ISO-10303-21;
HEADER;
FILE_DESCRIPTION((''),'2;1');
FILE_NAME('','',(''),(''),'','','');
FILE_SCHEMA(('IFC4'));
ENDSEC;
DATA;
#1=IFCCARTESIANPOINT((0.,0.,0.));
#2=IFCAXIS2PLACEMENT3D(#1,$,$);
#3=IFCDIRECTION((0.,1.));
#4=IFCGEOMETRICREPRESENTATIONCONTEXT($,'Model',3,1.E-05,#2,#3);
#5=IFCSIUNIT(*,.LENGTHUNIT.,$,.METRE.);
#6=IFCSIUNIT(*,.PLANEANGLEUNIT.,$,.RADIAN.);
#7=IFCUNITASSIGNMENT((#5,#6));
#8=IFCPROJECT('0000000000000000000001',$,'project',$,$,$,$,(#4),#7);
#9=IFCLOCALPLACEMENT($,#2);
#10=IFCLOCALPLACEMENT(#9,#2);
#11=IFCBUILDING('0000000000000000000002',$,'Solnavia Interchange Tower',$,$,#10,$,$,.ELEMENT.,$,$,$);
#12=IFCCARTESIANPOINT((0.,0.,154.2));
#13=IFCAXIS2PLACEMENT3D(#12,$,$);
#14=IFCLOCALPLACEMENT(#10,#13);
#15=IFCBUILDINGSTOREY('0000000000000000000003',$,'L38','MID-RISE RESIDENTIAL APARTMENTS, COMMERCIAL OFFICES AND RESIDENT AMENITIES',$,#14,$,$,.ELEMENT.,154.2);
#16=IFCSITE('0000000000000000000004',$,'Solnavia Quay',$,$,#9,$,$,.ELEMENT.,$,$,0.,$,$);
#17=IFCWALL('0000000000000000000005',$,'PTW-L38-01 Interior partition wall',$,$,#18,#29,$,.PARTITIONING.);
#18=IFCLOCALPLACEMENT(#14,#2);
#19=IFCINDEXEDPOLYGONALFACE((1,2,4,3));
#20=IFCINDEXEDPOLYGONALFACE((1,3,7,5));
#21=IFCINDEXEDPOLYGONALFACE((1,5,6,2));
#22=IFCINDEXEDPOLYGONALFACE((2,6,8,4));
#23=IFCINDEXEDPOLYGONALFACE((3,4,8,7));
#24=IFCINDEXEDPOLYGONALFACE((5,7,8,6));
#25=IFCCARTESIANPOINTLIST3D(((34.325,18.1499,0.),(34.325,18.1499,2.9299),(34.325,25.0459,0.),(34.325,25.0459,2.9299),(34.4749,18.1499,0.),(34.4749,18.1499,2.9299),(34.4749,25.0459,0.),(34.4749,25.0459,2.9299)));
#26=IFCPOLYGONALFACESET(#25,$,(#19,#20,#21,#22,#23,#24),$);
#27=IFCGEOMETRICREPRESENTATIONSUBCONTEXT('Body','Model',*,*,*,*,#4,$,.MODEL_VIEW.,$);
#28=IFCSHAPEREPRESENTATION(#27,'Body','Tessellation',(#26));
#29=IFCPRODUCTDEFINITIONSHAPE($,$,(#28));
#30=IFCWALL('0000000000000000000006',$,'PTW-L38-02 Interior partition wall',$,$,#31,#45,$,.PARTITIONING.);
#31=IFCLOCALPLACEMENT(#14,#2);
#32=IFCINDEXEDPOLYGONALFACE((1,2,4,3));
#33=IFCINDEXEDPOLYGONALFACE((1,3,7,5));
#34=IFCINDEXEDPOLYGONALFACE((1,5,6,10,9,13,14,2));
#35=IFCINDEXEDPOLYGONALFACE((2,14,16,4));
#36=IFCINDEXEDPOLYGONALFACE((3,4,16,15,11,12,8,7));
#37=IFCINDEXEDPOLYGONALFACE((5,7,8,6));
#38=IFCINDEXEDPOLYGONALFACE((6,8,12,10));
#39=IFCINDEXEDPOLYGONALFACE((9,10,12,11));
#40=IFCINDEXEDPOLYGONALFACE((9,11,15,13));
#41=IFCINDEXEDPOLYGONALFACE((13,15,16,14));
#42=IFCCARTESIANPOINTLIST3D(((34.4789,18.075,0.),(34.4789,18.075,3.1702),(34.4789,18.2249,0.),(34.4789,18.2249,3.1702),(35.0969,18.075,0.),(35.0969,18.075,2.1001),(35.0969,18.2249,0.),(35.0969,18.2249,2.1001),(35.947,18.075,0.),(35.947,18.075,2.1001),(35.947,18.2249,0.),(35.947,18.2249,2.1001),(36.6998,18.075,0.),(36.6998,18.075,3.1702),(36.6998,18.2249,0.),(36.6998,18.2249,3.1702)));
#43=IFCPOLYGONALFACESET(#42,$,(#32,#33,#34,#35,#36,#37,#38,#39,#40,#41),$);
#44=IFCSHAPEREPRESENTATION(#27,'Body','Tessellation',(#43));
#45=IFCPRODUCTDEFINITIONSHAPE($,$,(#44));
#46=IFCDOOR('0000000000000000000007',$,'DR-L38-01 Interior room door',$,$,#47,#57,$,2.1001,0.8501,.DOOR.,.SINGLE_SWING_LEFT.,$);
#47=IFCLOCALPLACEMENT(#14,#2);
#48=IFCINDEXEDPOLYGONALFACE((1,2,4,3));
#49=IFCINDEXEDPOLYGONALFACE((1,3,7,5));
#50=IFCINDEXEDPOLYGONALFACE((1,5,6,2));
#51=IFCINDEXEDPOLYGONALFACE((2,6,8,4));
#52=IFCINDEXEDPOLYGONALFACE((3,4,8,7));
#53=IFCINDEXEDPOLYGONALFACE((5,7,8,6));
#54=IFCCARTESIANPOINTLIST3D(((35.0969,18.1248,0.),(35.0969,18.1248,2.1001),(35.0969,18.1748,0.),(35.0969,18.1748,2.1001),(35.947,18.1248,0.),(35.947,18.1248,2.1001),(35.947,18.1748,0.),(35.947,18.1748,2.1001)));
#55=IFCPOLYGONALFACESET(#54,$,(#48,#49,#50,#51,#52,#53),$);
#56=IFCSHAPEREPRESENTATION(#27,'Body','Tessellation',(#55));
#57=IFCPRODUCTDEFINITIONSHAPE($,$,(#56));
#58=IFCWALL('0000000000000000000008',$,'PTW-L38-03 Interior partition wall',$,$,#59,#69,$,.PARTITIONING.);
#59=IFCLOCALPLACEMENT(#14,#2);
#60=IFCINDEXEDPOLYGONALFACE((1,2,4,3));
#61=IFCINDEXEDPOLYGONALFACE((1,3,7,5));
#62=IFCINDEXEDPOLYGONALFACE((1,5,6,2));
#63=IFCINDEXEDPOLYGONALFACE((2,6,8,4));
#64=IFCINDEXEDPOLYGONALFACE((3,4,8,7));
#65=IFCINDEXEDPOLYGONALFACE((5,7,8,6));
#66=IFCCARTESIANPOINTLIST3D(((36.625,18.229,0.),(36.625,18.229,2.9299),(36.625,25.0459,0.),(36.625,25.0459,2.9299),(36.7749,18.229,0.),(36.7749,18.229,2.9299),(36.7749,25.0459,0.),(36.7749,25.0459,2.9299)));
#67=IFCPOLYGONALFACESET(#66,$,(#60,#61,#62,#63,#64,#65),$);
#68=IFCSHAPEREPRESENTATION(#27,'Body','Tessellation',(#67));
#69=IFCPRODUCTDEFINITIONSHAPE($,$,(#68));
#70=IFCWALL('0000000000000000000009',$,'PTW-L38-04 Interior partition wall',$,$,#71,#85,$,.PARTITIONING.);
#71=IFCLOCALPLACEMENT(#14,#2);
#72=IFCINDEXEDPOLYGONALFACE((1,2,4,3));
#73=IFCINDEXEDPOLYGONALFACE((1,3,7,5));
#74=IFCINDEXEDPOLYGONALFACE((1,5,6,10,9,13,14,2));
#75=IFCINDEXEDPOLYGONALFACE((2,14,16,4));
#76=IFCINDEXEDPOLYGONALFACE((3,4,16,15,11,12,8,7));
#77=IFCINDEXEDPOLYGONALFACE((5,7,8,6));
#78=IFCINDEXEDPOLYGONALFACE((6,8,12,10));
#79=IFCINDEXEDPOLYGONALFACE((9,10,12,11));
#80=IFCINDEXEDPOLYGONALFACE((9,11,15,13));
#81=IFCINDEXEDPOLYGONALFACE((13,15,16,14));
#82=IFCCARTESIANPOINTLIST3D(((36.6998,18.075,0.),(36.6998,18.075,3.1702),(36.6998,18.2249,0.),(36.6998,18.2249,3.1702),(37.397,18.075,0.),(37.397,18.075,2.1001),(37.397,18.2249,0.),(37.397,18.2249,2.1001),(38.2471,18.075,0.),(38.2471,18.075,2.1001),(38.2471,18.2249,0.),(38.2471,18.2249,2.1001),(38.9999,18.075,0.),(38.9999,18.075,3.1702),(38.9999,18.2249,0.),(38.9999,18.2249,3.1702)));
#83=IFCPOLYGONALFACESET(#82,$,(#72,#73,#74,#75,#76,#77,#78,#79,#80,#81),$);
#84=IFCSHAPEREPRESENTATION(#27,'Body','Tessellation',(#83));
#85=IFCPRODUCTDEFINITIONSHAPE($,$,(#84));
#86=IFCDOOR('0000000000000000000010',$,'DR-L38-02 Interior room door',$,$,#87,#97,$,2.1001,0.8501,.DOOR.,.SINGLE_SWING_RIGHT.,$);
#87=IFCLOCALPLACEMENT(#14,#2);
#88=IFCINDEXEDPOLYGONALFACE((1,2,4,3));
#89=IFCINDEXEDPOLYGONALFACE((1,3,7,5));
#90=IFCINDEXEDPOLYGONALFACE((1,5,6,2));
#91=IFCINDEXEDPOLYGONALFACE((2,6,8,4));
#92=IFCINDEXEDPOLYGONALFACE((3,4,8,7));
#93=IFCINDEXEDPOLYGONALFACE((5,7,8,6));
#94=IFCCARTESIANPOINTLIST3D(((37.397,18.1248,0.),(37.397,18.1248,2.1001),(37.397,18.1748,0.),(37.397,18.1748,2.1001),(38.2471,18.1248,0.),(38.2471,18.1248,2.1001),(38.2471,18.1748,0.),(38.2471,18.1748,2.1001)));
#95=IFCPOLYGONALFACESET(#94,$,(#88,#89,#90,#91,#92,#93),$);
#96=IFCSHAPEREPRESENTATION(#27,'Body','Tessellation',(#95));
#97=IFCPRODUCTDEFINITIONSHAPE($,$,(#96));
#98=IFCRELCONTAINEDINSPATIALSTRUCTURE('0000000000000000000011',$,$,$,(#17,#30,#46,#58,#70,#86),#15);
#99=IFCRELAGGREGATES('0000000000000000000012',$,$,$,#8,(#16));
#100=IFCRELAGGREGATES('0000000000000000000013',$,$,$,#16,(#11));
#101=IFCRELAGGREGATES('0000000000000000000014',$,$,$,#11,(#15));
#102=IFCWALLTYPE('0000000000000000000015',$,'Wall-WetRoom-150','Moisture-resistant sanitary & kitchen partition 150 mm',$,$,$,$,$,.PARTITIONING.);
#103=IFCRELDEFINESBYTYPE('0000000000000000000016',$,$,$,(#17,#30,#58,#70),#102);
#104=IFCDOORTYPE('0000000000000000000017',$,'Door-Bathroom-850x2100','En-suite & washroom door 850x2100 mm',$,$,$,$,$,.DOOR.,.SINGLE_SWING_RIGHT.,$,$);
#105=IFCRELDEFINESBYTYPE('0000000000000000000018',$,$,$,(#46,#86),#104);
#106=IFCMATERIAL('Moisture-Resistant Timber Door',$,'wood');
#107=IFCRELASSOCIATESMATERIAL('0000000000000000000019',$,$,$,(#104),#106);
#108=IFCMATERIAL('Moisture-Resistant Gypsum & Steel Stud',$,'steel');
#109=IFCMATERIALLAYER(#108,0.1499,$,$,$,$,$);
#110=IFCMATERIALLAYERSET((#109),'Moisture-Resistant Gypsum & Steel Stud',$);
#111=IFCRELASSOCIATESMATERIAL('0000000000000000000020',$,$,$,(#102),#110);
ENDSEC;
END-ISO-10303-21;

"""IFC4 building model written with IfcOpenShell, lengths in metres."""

from ifc_helpers import new_model, si_unit, direction, frame, frame_2d, origin, place, context, subcontext, project, spatial, rectangle, extrude, material, layer, layer_set, type_object, element, fill, save


model = new_model("IFC4")

# Units and contexts
model_context = context("Model", 3, precision=1e-05, world=origin(), true_north=direction((0.0, 1.0)))
body_context = subcontext(model_context, "Body", "Model", "MODEL_VIEW")
ifc_project = project(units=[si_unit("LENGTHUNIT", "METRE"), si_unit("PLANEANGLEUNIT", "RADIAN")], contexts=[model_context])

# Site, building, storey
site_placement = place(None, origin())
site = spatial("IfcSite", under=ifc_project, at=site_placement, Name="Solnavia Quay", CompositionType="ELEMENT", RefElevation=0.0)
building_placement = place(site_placement, origin())
building = spatial("IfcBuilding", under=site, at=building_placement, Name="Solnavia Interchange Tower", CompositionType="ELEMENT")
storey_placement = place(building_placement, frame((0.0, 0.0, 154.2)))
storey = spatial("IfcBuildingStorey", under=building, at=storey_placement, Name="L38", Description="MID-RISE RESIDENTIAL APARTMENTS, COMMERCIAL OFFICES AND RESIDENT AMENITIES", CompositionType="ELEMENT", Elevation=154.2)

# Shared definitions
ifc_material_1 = material(Name="Moisture-Resistant Timber Door", Category="wood")
door_type_1 = type_object("IfcDoorType", Name="Door-Bathroom-850x2100", Description="En-suite & washroom door 850x2100 mm", OperationType="SINGLE_SWING_RIGHT", PredefinedType="DOOR", material=ifc_material_1)

# Wall
ifc_material_2 = material(Name="Moisture-Resistant Gypsum & Steel Stud", Category="steel")
ifc_layer_1 = layer(ifc_material_2, 0.1499)
ifc_layer_set_1 = layer_set([ifc_layer_1], Name="Moisture-Resistant Gypsum & Steel Stud")
wall_type_1 = type_object("IfcWallType", Name="Wall-WetRoom-150", Description="Moisture-resistant sanitary & kitchen partition 150 mm", PredefinedType="PARTITIONING", material=ifc_layer_set_1)
wall_1_placement = place(storey_placement, frame((34.3999, 18.1499, 0.0), z_axis=(0.0, 0.0, 1.0), x_axis=(0.0, 1.0, 0.0)))
element("IfcWall", 1, at=wall_1_placement, inside=storey, type_object=wall_type_1, Name="PTW-L38-01 Interior partition wall", PredefinedType="PARTITIONING", context=body_context, shape_type="SweptSolid", body=[
    extrude(rectangle(XDim=6.896, YDim=0.1499, at=frame_2d((3.448, 0.0))), origin(), (0.0, 0.0, 1.0), 2.9299),
])

# Wall, opening, door
wall_2_placement = place(storey_placement, frame((34.479, 18.1499, 0.0), z_axis=(0.0, 0.0, 1.0), x_axis=(1.0, 0.0, 0.0)))
wall_2 = element("IfcWall", 2, at=wall_2_placement, inside=storey, type_object=wall_type_1, Name="PTW-L38-02 Interior partition wall", PredefinedType="PARTITIONING", context=body_context, shape_type="SweptSolid", body=[
    extrude(rectangle(XDim=2.2209, YDim=0.1499, at=frame_2d((1.1104, 0.0))), origin(), (0.0, 0.0, 1.0), 3.1702),
])
opening_1_placement = place(wall_2_placement, frame((0.6179, 0.0, 0.0)))
opening_1 = element("IfcOpeningElement", 3, at=opening_1_placement, cuts=wall_2, PredefinedType="OPENING", context=body_context, shape_type="SweptSolid", body=[
    extrude(rectangle(XDim=0.8501, YDim=2.1001, at=frame_2d((0.425, 1.05))), frame((0.0, 0.085, 0.0), z_axis=(0.0, -1.0, 0.0), x_axis=(1.0, 0.0, 0.0)), (0.0, 0.0, 1.0), 0.1699),
])
door_1_placement = place(opening_1_placement, origin())
door_1 = element("IfcDoor", 4, at=door_1_placement, inside=storey, type_object=door_type_1, Name="DR-L38-01 Interior room door", OperationType="SINGLE_SWING_LEFT", OverallHeight=2.1001, OverallWidth=0.8501, PredefinedType="DOOR", context=body_context, shape_type="SweptSolid", body=[
    extrude(rectangle(XDim=0.8501, YDim=2.1001, at=frame_2d((0.425, 1.05))), frame((0.0, 0.0249, 0.0), z_axis=(0.0, -1.0, 0.0), x_axis=(1.0, 0.0, 0.0)), (0.0, 0.0, 1.0), 0.05),
])
fill(opening_1, door_1)

# Wall
wall_3_placement = place(storey_placement, frame((36.7, 18.229, 0.0), z_axis=(0.0, 0.0, 1.0), x_axis=(0.0, 1.0, 0.0)))
element("IfcWall", 5, at=wall_3_placement, inside=storey, type_object=wall_type_1, Name="PTW-L38-03 Interior partition wall", PredefinedType="PARTITIONING", context=body_context, shape_type="SweptSolid", body=[
    extrude(rectangle(XDim=6.8169, YDim=0.1499, at=frame_2d((3.4084, 0.0))), origin(), (0.0, 0.0, 1.0), 2.9299),
])

# Wall, opening, door
wall_4_placement = place(storey_placement, frame((36.7, 18.1499, 0.0), z_axis=(0.0, 0.0, 1.0), x_axis=(1.0, 0.0, 0.0)))
wall_4 = element("IfcWall", 6, at=wall_4_placement, inside=storey, type_object=wall_type_1, Name="PTW-L38-04 Interior partition wall", PredefinedType="PARTITIONING", context=body_context, shape_type="SweptSolid", body=[
    extrude(rectangle(XDim=2.3, YDim=0.1499, at=frame_2d((1.1499, 0.0))), origin(), (0.0, 0.0, 1.0), 3.1702),
])
opening_2_placement = place(wall_4_placement, frame((0.697, 0.0, 0.0)))
opening_2 = element("IfcOpeningElement", 7, at=opening_2_placement, cuts=wall_4, PredefinedType="OPENING", context=body_context, shape_type="SweptSolid", body=[
    extrude(rectangle(XDim=0.8501, YDim=2.1001, at=frame_2d((0.425, 1.05))), frame((0.0, 0.085, 0.0), z_axis=(0.0, -1.0, 0.0), x_axis=(1.0, 0.0, 0.0)), (0.0, 0.0, 1.0), 0.1699),
])
door_2_placement = place(opening_2_placement, origin())
door_2 = element("IfcDoor", 8, at=door_2_placement, inside=storey, type_object=door_type_1, Name="DR-L38-02 Interior room door", OperationType="SINGLE_SWING_RIGHT", OverallHeight=2.1001, OverallWidth=0.8501, PredefinedType="DOOR", context=body_context, shape_type="SweptSolid", body=[
    extrude(rectangle(XDim=0.8501, YDim=2.1001, at=frame_2d((0.425, 1.05))), frame((0.0, 0.0249, 0.0), z_axis=(0.0, -1.0, 0.0), x_axis=(1.0, 0.0, 0.0)), (0.0, 0.0, 1.0), 0.05),
])
fill(opening_2, door_2)

save(model, "model.ifc")
